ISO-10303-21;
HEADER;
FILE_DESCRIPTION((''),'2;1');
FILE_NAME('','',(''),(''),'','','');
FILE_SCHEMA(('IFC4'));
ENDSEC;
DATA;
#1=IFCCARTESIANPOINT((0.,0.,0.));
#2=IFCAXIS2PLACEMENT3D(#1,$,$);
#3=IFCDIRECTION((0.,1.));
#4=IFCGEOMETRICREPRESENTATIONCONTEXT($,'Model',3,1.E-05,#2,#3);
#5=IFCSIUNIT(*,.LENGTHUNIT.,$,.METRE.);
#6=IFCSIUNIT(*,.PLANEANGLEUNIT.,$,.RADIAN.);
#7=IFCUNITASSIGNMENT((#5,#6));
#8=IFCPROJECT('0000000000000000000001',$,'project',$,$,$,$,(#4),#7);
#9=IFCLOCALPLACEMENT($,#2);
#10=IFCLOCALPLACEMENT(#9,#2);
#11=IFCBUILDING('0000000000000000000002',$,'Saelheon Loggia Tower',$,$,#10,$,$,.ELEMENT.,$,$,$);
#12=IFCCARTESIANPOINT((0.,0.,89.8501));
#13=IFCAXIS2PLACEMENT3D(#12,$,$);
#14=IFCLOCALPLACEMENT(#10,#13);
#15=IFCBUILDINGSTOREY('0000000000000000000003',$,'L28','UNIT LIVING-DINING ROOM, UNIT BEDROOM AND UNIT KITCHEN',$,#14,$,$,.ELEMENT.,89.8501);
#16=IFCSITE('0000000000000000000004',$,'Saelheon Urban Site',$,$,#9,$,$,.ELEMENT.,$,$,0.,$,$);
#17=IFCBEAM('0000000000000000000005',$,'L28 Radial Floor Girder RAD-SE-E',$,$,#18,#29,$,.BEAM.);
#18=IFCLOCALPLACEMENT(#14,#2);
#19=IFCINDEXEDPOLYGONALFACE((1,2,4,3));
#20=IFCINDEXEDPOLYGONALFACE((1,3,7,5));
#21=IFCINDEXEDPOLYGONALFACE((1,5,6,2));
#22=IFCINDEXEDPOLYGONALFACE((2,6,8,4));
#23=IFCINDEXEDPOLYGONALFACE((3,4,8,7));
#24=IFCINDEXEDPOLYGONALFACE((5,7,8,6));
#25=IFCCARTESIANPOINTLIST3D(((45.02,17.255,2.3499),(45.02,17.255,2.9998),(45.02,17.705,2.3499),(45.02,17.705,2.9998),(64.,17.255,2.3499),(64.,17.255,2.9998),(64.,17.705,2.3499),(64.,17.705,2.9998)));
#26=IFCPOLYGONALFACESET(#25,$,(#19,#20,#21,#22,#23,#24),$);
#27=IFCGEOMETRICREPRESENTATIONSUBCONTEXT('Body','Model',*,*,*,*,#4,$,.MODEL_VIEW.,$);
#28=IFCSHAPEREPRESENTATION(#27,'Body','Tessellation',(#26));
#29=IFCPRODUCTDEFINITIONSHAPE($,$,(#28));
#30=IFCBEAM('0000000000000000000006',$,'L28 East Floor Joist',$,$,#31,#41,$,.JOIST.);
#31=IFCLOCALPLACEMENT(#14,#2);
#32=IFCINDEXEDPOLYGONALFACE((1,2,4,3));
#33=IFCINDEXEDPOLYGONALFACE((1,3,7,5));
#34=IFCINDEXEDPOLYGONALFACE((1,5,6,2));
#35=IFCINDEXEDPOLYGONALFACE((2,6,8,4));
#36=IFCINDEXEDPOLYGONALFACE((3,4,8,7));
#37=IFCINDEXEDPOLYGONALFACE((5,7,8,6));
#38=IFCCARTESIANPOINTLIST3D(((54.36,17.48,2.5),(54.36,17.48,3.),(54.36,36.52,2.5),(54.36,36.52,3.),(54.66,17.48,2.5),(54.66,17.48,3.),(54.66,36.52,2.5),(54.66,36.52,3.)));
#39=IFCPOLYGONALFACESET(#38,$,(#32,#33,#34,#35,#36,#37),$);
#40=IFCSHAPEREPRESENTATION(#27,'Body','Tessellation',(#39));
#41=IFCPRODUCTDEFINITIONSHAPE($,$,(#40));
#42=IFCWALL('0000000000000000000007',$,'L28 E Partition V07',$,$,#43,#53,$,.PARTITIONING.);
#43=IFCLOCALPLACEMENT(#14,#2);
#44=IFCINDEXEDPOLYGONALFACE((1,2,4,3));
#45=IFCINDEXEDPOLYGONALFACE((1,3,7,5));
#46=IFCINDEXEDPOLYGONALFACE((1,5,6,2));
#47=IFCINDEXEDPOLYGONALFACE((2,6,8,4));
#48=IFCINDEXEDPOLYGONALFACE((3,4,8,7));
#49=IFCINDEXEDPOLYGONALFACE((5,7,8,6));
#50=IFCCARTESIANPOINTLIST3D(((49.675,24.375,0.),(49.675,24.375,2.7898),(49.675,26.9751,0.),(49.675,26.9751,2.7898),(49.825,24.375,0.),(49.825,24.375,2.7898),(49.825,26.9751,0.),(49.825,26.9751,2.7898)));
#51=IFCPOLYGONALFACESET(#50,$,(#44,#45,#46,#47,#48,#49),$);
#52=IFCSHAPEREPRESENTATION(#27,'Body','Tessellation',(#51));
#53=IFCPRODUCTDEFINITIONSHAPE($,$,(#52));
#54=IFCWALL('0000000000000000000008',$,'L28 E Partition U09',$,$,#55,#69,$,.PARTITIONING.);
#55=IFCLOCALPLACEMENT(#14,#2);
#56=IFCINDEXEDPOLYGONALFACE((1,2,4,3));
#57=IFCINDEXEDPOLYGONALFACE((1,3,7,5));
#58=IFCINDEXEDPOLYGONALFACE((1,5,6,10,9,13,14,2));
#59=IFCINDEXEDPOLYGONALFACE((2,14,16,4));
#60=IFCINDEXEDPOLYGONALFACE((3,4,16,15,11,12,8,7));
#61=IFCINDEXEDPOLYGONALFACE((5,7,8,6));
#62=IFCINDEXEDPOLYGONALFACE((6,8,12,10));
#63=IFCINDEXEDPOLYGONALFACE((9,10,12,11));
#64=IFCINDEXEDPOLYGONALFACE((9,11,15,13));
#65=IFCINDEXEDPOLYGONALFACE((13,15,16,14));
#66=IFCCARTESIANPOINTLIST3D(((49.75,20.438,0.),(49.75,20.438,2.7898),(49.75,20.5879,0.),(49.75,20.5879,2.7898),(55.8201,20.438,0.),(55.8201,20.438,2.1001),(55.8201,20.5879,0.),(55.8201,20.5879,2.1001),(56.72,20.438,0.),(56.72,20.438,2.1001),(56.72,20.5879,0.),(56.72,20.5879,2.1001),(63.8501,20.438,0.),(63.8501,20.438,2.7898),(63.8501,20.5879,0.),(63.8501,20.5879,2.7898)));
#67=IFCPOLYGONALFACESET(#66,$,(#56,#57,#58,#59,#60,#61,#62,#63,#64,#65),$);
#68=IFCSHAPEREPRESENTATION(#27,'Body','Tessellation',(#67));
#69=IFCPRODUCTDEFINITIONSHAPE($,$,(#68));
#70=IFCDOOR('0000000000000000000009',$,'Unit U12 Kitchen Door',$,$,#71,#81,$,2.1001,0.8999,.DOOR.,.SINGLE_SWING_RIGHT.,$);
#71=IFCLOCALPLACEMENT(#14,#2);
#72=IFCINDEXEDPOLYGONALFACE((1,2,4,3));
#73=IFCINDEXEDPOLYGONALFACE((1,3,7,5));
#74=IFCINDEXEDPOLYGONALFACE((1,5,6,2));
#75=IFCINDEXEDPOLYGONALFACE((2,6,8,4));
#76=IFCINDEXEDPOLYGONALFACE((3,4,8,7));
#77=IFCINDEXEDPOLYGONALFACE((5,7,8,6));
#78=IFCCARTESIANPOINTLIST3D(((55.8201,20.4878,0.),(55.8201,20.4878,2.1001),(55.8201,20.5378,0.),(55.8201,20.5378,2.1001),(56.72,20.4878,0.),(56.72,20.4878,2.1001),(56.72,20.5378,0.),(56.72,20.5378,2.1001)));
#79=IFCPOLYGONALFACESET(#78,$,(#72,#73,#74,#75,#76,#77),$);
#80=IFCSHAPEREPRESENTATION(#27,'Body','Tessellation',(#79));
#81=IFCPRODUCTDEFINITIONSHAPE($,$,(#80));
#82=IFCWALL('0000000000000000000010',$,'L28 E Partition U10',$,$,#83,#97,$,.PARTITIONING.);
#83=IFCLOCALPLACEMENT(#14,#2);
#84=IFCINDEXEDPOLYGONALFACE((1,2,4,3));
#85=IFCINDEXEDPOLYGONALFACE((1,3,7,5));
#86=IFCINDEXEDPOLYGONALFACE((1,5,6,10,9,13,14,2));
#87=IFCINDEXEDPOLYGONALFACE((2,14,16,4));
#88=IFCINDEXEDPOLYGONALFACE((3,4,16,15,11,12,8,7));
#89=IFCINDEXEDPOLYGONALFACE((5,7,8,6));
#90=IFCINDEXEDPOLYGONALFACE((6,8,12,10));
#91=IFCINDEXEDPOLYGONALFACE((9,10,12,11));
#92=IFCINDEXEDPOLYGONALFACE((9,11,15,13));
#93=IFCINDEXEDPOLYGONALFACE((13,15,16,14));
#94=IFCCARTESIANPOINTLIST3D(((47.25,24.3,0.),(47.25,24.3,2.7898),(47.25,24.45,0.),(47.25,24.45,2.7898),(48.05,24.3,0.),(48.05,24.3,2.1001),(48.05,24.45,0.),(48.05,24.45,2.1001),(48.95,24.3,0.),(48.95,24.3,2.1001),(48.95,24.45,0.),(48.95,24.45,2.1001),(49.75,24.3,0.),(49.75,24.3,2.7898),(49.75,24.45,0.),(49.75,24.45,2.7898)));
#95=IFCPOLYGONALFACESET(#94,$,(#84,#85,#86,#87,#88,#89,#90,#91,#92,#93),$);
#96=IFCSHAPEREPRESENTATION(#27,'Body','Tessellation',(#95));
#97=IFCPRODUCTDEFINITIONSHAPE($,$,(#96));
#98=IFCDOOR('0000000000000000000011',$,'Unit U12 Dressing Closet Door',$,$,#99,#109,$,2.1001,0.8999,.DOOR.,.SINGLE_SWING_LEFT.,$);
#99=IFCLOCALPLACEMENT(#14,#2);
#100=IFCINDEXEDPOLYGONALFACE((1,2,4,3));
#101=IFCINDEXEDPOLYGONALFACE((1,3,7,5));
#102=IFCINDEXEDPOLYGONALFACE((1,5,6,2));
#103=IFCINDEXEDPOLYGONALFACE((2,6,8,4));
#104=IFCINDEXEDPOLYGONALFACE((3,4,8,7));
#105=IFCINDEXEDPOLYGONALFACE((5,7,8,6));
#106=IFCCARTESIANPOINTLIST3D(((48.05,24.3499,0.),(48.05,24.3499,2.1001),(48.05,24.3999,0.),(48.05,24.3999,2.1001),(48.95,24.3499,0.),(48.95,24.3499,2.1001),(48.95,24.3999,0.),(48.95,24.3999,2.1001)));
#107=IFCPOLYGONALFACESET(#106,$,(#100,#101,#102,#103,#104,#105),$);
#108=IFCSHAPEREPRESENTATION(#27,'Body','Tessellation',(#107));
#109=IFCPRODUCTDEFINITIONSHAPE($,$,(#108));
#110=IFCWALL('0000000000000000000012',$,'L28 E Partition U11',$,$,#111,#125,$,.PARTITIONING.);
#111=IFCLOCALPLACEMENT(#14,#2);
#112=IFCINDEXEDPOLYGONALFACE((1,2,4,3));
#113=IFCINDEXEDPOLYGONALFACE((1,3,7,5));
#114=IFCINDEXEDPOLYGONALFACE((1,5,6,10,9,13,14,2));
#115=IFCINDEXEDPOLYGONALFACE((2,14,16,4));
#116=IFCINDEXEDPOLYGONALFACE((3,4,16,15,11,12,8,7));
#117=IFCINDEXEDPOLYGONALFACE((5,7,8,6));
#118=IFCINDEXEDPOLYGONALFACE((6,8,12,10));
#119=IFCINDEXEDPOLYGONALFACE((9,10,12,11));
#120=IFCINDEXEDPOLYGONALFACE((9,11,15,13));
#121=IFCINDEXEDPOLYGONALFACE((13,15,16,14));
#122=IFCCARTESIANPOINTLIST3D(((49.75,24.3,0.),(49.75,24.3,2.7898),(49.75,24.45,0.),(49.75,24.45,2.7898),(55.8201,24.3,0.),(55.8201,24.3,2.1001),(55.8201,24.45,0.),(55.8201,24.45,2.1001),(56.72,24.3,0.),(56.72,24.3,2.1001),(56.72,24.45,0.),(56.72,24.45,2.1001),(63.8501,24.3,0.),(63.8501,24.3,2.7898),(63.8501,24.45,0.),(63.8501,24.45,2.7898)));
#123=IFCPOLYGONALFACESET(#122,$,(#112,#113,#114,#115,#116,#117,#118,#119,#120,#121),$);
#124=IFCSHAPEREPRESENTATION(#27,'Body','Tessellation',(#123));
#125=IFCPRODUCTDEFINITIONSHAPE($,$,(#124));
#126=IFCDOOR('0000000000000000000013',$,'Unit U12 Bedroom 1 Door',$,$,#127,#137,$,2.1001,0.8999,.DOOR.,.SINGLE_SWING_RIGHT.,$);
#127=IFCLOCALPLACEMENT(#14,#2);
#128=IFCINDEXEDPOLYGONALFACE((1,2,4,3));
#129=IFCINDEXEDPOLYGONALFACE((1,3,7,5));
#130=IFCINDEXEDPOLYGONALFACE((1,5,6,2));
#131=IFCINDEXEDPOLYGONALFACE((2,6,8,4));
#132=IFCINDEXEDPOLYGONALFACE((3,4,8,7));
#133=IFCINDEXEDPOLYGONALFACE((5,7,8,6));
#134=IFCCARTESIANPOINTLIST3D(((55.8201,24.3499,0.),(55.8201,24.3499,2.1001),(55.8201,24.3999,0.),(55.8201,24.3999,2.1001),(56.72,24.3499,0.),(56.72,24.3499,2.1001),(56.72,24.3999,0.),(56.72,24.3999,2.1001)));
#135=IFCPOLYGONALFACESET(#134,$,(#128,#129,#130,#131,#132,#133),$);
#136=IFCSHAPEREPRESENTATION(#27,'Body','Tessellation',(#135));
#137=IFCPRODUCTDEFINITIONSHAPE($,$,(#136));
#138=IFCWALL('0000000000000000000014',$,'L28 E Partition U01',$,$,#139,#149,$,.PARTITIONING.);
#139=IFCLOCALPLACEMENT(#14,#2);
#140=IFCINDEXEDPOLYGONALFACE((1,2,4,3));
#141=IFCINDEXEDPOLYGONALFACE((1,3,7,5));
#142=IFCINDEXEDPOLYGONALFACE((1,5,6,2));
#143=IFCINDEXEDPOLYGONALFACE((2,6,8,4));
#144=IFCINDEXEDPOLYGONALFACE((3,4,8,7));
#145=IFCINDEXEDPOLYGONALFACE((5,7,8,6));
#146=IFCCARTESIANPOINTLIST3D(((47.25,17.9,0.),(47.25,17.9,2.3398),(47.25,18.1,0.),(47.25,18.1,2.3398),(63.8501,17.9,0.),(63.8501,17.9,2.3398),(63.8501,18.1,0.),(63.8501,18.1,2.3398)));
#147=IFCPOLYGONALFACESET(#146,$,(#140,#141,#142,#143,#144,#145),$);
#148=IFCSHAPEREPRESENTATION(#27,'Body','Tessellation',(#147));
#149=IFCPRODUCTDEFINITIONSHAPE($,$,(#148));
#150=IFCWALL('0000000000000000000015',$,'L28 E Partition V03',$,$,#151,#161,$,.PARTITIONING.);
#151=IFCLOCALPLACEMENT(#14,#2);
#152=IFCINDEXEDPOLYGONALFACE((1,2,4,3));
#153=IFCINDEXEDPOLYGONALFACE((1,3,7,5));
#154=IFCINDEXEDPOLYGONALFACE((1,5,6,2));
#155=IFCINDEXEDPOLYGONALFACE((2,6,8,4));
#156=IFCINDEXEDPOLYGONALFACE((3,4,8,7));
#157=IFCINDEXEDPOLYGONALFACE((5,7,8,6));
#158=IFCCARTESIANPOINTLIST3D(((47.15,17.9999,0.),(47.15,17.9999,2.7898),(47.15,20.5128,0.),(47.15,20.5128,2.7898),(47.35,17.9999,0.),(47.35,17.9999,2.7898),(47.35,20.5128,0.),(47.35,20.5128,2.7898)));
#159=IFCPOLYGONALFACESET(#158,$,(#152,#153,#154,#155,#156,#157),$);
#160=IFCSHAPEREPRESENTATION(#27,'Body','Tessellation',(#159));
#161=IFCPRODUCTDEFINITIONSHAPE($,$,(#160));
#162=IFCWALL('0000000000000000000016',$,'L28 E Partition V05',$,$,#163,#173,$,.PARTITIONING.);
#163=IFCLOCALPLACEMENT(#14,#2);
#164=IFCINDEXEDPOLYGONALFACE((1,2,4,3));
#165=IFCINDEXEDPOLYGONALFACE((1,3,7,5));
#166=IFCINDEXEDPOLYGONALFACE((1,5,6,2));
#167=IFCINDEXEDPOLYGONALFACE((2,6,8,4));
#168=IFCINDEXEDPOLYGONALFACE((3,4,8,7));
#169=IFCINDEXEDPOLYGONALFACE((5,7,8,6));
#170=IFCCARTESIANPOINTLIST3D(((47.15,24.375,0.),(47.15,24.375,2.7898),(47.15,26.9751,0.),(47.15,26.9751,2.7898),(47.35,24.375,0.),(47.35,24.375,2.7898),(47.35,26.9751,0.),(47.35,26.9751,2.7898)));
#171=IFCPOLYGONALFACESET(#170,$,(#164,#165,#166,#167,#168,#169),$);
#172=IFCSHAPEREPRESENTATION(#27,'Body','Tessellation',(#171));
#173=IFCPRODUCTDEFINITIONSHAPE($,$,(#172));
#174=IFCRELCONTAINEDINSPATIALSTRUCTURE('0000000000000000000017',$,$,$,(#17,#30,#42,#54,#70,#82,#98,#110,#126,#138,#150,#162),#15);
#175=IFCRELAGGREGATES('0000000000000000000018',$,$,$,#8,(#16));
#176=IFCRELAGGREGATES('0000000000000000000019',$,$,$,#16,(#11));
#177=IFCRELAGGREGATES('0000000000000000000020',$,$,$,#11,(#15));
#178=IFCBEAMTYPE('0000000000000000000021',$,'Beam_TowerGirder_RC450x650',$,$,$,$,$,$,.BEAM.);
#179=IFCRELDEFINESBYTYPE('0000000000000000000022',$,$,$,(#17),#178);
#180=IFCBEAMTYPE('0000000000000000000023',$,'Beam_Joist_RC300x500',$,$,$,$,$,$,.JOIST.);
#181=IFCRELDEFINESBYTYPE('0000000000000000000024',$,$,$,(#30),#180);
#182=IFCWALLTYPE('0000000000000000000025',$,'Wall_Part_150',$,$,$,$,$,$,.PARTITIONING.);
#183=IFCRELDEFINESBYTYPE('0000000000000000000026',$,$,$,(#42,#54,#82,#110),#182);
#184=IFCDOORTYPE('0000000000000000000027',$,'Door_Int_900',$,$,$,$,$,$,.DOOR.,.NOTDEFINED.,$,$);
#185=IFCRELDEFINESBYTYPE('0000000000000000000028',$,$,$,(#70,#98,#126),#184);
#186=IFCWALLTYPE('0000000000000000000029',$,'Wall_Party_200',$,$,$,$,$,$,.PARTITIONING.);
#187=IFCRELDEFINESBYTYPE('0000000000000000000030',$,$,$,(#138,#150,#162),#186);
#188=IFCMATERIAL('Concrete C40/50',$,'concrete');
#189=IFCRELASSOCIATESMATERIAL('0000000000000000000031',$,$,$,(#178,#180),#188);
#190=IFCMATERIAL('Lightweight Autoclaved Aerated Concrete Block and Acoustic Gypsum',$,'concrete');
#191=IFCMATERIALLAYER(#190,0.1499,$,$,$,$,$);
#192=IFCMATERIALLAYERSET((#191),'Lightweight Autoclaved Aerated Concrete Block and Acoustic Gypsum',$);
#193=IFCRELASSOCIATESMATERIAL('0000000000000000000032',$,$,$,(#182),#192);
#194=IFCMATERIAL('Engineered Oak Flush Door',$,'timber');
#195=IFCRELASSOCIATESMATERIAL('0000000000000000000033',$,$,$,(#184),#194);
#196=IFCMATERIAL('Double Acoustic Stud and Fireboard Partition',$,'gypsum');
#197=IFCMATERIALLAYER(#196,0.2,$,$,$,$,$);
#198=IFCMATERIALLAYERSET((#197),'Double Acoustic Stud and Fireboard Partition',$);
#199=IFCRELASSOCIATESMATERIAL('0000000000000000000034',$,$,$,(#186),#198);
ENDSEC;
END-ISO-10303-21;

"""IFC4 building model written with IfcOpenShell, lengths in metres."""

from ifc_helpers import new_model, si_unit, direction, frame, frame_2d, origin, origin_2d, place, context, subcontext, project, spatial, rectangle, extrude, source, transform, mapped, material, layer, layer_set, material_profile, profile_set, type_object, element, fill, save


model = new_model("IFC4")

# Units and contexts
model_context = context("Model", 3, precision=1e-05, world=origin(), true_north=direction((0.0, 1.0)))
body_context = subcontext(model_context, "Body", "Model", "MODEL_VIEW")
ifc_project = project(units=[si_unit("LENGTHUNIT", "METRE"), si_unit("PLANEANGLEUNIT", "RADIAN")], contexts=[model_context])

# Site, building, storey
site_placement = place(None, origin())
site = spatial("IfcSite", under=ifc_project, at=site_placement, Name="Saelheon Urban Site", CompositionType="ELEMENT", RefElevation=0.0)
building_placement = place(site_placement, origin())
building = spatial("IfcBuilding", under=site, at=building_placement, Name="Saelheon Loggia Tower", CompositionType="ELEMENT")
storey_placement = place(building_placement, frame((0.0, 0.0, 89.8501)))
storey = spatial("IfcBuildingStorey", under=building, at=storey_placement, Name="L28", Description="UNIT LIVING-DINING ROOM, UNIT BEDROOM AND UNIT KITCHEN", CompositionType="ELEMENT", Elevation=89.8501)

# Beams
ifc_material_1 = material(Name="Concrete C40/50", Category="concrete")
ifc_material_profile_1 = material_profile(ifc_material_1, rectangle(XDim=0.45, YDim=0.6499, at=origin_2d()), Name="RC-450x650")
ifc_profile_set_1 = profile_set([ifc_material_profile_1], Name="Concrete C40/50")
beam_type_1 = type_object("IfcBeamType", Name="Beam_TowerGirder_RC450x650", PredefinedType="BEAM", material=ifc_profile_set_1)
shared_shape_1 = source(origin(), body_context, "Body", "SweptSolid", [
    extrude(rectangle(XDim=0.45, YDim=0.6499, at=origin_2d()), origin(), (0.0, 0.0, 1.0), 18.98),
])
beam_1_placement = place(storey_placement, frame((45.02, 17.48, 2.6748), z_axis=(1.0, 0.0, 0.0), x_axis=(0.0, 1.0, 0.0)))
element("IfcBeam", 1, at=beam_1_placement, inside=storey, type_object=beam_type_1, Name="L28 Radial Floor Girder RAD-SE-E", PredefinedType="BEAM", context=body_context, shape_type="MappedRepresentation", body=[
    mapped(shared_shape_1, transform((0.0, 0.0, 0.0), scale=1.0)),
])
ifc_material_profile_2 = material_profile(ifc_material_1, rectangle(XDim=0.3, YDim=0.5, at=origin_2d()), Name="RC-300x500")
ifc_profile_set_2 = profile_set([ifc_material_profile_2], Name="Concrete C40/50")
beam_type_2 = type_object("IfcBeamType", Name="Beam_Joist_RC300x500", PredefinedType="JOIST", material=ifc_profile_set_2)
shared_shape_2 = source(origin(), body_context, "Body", "SweptSolid", [
    extrude(rectangle(XDim=0.3, YDim=0.5, at=origin_2d()), origin(), (0.0, 0.0, 1.0), 19.04),
])
beam_2_placement = place(storey_placement, frame((54.51, 17.48, 2.75), z_axis=(0.0, 1.0, 0.0), x_axis=(-1.0, 0.0, 0.0)))
element("IfcBeam", 2, at=beam_2_placement, inside=storey, type_object=beam_type_2, Name="L28 East Floor Joist", PredefinedType="JOIST", context=body_context, shape_type="MappedRepresentation", body=[
    mapped(shared_shape_2, transform((0.0, 0.0, 0.0), scale=1.0)),
])

# Wall
ifc_material_2 = material(Name="Lightweight Autoclaved Aerated Concrete Block and Acoustic Gypsum", Category="concrete")
ifc_layer_1 = layer(ifc_material_2, 0.1499)
ifc_layer_set_1 = layer_set([ifc_layer_1], Name="Lightweight Autoclaved Aerated Concrete Block and Acoustic Gypsum")
wall_type_1 = type_object("IfcWallType", Name="Wall_Part_150", PredefinedType="PARTITIONING", material=ifc_layer_set_1)
wall_1_placement = place(storey_placement, frame((49.75, 24.375, 0.0), z_axis=(0.0, 0.0, 1.0), x_axis=(0.0, 1.0, 0.0)))
element("IfcWall", 3, at=wall_1_placement, inside=storey, type_object=wall_type_1, Name="L28 E Partition V07", PredefinedType="PARTITIONING", context=body_context, shape_type="SweptSolid", body=[
    extrude(rectangle(XDim=2.6001, YDim=0.1499, at=frame_2d((1.3, 0.0))), origin(), (0.0, 0.0, 1.0), 2.7898),
])

# Walls, openings, doors
wall_2_placement = place(storey_placement, frame((49.75, 20.5129, 0.0), z_axis=(0.0, 0.0, 1.0), x_axis=(1.0, 0.0, 0.0)))
wall_2 = element("IfcWall", 4, at=wall_2_placement, inside=storey, type_object=wall_type_1, Name="L28 E Partition U09", PredefinedType="PARTITIONING", context=body_context, shape_type="SweptSolid", body=[
    extrude(rectangle(XDim=14.1001, YDim=0.1499, at=frame_2d((7.05, 0.0))), origin(), (0.0, 0.0, 1.0), 2.7898),
])
opening_1_placement = place(wall_2_placement, frame((6.0701, 0.0, 0.0)))
opening_1 = element("IfcOpeningElement", 5, at=opening_1_placement, cuts=wall_2, PredefinedType="OPENING", context=body_context, shape_type="SweptSolid", body=[
    extrude(rectangle(XDim=0.8999, YDim=2.1001, at=frame_2d((0.45, 1.05))), frame((0.0, 0.0869, 0.0), z_axis=(0.0, -1.0, 0.0), x_axis=(1.0, 0.0, 0.0)), (0.0, 0.0, 1.0), 0.1738),
])
ifc_material_3 = material(Name="Engineered Oak Flush Door", Category="timber")
door_type_1 = type_object("IfcDoorType", Name="Door_Int_900", OperationType="NOTDEFINED", PredefinedType="DOOR", material=ifc_material_3)
shared_shape_3 = source(origin(), body_context, "Body", "SweptSolid", [
    extrude(rectangle(XDim=0.8999, YDim=2.1001, at=frame_2d((0.45, 1.05))), frame((0.0, 0.0249, 0.0), z_axis=(0.0, -1.0, 0.0), x_axis=(1.0, 0.0, 0.0)), (0.0, 0.0, 1.0), 0.05),
])
door_1_placement = place(opening_1_placement, origin())
door_1 = element("IfcDoor", 6, at=door_1_placement, inside=storey, type_object=door_type_1, Name="Unit U12 Kitchen Door", OperationType="SINGLE_SWING_RIGHT", OverallHeight=2.1001, OverallWidth=0.8999, PredefinedType="DOOR", context=body_context, shape_type="MappedRepresentation", body=[
    mapped(shared_shape_3, transform((0.0, 0.0, 0.0), scale=1.0)),
])
fill(opening_1, door_1)
wall_3_placement = place(storey_placement, frame((47.25, 24.375, 0.0), z_axis=(0.0, 0.0, 1.0), x_axis=(1.0, 0.0, 0.0)))
wall_3 = element("IfcWall", 7, at=wall_3_placement, inside=storey, type_object=wall_type_1, Name="L28 E Partition U10", PredefinedType="PARTITIONING", context=body_context, shape_type="SweptSolid", body=[
    extrude(rectangle(XDim=2.5, YDim=0.1499, at=frame_2d((1.25, 0.0))), origin(), (0.0, 0.0, 1.0), 2.7898),
])
opening_2_placement = place(wall_3_placement, frame((0.8, 0.0, 0.0)))
opening_2 = element("IfcOpeningElement", 8, at=opening_2_placement, cuts=wall_3, PredefinedType="OPENING", context=body_context, shape_type="SweptSolid", body=[
    extrude(rectangle(XDim=0.8999, YDim=2.1001, at=frame_2d((0.45, 1.05))), frame((0.0, 0.0869, 0.0), z_axis=(0.0, -1.0, 0.0), x_axis=(1.0, 0.0, 0.0)), (0.0, 0.0, 1.0), 0.1738),
])
door_2_placement = place(opening_2_placement, origin())
door_2 = element("IfcDoor", 9, at=door_2_placement, inside=storey, type_object=door_type_1, Name="Unit U12 Dressing Closet Door", OperationType="SINGLE_SWING_LEFT", OverallHeight=2.1001, OverallWidth=0.8999, PredefinedType="DOOR", context=body_context, shape_type="MappedRepresentation", body=[
    mapped(shared_shape_3, transform((0.0, 0.0, 0.0), scale=1.0)),
])
fill(opening_2, door_2)
wall_4_placement = place(storey_placement, frame((49.75, 24.375, 0.0), z_axis=(0.0, 0.0, 1.0), x_axis=(1.0, 0.0, 0.0)))
wall_4 = element("IfcWall", 10, at=wall_4_placement, inside=storey, type_object=wall_type_1, Name="L28 E Partition U11", PredefinedType="PARTITIONING", context=body_context, shape_type="SweptSolid", body=[
    extrude(rectangle(XDim=14.1001, YDim=0.1499, at=frame_2d((7.05, 0.0))), origin(), (0.0, 0.0, 1.0), 2.7898),
])
opening_3_placement = place(wall_4_placement, frame((6.0701, 0.0, 0.0)))
opening_3 = element("IfcOpeningElement", 11, at=opening_3_placement, cuts=wall_4, PredefinedType="OPENING", context=body_context, shape_type="SweptSolid", body=[
    extrude(rectangle(XDim=0.8999, YDim=2.1001, at=frame_2d((0.45, 1.05))), frame((0.0, 0.0869, 0.0), z_axis=(0.0, -1.0, 0.0), x_axis=(1.0, 0.0, 0.0)), (0.0, 0.0, 1.0), 0.1738),
])
door_3_placement = place(opening_3_placement, origin())
door_3 = element("IfcDoor", 12, at=door_3_placement, inside=storey, type_object=door_type_1, Name="Unit U12 Bedroom 1 Door", OperationType="SINGLE_SWING_RIGHT", OverallHeight=2.1001, OverallWidth=0.8999, PredefinedType="DOOR", context=body_context, shape_type="MappedRepresentation", body=[
    mapped(shared_shape_3, transform((0.0, 0.0, 0.0), scale=1.0)),
])
fill(opening_3, door_3)

# Walls
ifc_material_4 = material(Name="Double Acoustic Stud and Fireboard Partition", Category="gypsum")
ifc_layer_2 = layer(ifc_material_4, 0.2)
ifc_layer_set_2 = layer_set([ifc_layer_2], Name="Double Acoustic Stud and Fireboard Partition")
wall_type_2 = type_object("IfcWallType", Name="Wall_Party_200", PredefinedType="PARTITIONING", material=ifc_layer_set_2)
wall_5_placement = place(storey_placement, frame((47.25, 18.0, 0.0), z_axis=(0.0, 0.0, 1.0), x_axis=(1.0, 0.0, 0.0)))
element("IfcWall", 13, at=wall_5_placement, inside=storey, type_object=wall_type_2, Name="L28 E Partition U01", PredefinedType="PARTITIONING", context=body_context, shape_type="SweptSolid", body=[
    extrude(rectangle(XDim=16.6001, YDim=0.2, at=frame_2d((8.3, 0.0))), origin(), (0.0, 0.0, 1.0), 2.3398),
])
wall_6_placement = place(storey_placement, frame((47.25, 18.0, 0.0), z_axis=(0.0, 0.0, 1.0), x_axis=(0.0, 1.0, 0.0)))
element("IfcWall", 14, at=wall_6_placement, inside=storey, type_object=wall_type_2, Name="L28 E Partition V03", PredefinedType="PARTITIONING", context=body_context, shape_type="SweptSolid", body=[
    extrude(rectangle(XDim=2.5129, YDim=0.2, at=frame_2d((1.2563, 0.0))), origin(), (0.0, 0.0, 1.0), 2.7898),
])

# Wall
wall_7_placement = place(storey_placement, frame((47.25, 24.375, 0.0), z_axis=(0.0, 0.0, 1.0), x_axis=(0.0, 1.0, 0.0)))
element("IfcWall", 15, at=wall_7_placement, inside=storey, type_object=wall_type_2, Name="L28 E Partition V05", PredefinedType="PARTITIONING", context=body_context, shape_type="SweptSolid", body=[
    extrude(rectangle(XDim=2.6001, YDim=0.2, at=frame_2d((1.3, 0.0))), origin(), (0.0, 0.0, 1.0), 2.7898),
])

save(model, "model.ifc")
